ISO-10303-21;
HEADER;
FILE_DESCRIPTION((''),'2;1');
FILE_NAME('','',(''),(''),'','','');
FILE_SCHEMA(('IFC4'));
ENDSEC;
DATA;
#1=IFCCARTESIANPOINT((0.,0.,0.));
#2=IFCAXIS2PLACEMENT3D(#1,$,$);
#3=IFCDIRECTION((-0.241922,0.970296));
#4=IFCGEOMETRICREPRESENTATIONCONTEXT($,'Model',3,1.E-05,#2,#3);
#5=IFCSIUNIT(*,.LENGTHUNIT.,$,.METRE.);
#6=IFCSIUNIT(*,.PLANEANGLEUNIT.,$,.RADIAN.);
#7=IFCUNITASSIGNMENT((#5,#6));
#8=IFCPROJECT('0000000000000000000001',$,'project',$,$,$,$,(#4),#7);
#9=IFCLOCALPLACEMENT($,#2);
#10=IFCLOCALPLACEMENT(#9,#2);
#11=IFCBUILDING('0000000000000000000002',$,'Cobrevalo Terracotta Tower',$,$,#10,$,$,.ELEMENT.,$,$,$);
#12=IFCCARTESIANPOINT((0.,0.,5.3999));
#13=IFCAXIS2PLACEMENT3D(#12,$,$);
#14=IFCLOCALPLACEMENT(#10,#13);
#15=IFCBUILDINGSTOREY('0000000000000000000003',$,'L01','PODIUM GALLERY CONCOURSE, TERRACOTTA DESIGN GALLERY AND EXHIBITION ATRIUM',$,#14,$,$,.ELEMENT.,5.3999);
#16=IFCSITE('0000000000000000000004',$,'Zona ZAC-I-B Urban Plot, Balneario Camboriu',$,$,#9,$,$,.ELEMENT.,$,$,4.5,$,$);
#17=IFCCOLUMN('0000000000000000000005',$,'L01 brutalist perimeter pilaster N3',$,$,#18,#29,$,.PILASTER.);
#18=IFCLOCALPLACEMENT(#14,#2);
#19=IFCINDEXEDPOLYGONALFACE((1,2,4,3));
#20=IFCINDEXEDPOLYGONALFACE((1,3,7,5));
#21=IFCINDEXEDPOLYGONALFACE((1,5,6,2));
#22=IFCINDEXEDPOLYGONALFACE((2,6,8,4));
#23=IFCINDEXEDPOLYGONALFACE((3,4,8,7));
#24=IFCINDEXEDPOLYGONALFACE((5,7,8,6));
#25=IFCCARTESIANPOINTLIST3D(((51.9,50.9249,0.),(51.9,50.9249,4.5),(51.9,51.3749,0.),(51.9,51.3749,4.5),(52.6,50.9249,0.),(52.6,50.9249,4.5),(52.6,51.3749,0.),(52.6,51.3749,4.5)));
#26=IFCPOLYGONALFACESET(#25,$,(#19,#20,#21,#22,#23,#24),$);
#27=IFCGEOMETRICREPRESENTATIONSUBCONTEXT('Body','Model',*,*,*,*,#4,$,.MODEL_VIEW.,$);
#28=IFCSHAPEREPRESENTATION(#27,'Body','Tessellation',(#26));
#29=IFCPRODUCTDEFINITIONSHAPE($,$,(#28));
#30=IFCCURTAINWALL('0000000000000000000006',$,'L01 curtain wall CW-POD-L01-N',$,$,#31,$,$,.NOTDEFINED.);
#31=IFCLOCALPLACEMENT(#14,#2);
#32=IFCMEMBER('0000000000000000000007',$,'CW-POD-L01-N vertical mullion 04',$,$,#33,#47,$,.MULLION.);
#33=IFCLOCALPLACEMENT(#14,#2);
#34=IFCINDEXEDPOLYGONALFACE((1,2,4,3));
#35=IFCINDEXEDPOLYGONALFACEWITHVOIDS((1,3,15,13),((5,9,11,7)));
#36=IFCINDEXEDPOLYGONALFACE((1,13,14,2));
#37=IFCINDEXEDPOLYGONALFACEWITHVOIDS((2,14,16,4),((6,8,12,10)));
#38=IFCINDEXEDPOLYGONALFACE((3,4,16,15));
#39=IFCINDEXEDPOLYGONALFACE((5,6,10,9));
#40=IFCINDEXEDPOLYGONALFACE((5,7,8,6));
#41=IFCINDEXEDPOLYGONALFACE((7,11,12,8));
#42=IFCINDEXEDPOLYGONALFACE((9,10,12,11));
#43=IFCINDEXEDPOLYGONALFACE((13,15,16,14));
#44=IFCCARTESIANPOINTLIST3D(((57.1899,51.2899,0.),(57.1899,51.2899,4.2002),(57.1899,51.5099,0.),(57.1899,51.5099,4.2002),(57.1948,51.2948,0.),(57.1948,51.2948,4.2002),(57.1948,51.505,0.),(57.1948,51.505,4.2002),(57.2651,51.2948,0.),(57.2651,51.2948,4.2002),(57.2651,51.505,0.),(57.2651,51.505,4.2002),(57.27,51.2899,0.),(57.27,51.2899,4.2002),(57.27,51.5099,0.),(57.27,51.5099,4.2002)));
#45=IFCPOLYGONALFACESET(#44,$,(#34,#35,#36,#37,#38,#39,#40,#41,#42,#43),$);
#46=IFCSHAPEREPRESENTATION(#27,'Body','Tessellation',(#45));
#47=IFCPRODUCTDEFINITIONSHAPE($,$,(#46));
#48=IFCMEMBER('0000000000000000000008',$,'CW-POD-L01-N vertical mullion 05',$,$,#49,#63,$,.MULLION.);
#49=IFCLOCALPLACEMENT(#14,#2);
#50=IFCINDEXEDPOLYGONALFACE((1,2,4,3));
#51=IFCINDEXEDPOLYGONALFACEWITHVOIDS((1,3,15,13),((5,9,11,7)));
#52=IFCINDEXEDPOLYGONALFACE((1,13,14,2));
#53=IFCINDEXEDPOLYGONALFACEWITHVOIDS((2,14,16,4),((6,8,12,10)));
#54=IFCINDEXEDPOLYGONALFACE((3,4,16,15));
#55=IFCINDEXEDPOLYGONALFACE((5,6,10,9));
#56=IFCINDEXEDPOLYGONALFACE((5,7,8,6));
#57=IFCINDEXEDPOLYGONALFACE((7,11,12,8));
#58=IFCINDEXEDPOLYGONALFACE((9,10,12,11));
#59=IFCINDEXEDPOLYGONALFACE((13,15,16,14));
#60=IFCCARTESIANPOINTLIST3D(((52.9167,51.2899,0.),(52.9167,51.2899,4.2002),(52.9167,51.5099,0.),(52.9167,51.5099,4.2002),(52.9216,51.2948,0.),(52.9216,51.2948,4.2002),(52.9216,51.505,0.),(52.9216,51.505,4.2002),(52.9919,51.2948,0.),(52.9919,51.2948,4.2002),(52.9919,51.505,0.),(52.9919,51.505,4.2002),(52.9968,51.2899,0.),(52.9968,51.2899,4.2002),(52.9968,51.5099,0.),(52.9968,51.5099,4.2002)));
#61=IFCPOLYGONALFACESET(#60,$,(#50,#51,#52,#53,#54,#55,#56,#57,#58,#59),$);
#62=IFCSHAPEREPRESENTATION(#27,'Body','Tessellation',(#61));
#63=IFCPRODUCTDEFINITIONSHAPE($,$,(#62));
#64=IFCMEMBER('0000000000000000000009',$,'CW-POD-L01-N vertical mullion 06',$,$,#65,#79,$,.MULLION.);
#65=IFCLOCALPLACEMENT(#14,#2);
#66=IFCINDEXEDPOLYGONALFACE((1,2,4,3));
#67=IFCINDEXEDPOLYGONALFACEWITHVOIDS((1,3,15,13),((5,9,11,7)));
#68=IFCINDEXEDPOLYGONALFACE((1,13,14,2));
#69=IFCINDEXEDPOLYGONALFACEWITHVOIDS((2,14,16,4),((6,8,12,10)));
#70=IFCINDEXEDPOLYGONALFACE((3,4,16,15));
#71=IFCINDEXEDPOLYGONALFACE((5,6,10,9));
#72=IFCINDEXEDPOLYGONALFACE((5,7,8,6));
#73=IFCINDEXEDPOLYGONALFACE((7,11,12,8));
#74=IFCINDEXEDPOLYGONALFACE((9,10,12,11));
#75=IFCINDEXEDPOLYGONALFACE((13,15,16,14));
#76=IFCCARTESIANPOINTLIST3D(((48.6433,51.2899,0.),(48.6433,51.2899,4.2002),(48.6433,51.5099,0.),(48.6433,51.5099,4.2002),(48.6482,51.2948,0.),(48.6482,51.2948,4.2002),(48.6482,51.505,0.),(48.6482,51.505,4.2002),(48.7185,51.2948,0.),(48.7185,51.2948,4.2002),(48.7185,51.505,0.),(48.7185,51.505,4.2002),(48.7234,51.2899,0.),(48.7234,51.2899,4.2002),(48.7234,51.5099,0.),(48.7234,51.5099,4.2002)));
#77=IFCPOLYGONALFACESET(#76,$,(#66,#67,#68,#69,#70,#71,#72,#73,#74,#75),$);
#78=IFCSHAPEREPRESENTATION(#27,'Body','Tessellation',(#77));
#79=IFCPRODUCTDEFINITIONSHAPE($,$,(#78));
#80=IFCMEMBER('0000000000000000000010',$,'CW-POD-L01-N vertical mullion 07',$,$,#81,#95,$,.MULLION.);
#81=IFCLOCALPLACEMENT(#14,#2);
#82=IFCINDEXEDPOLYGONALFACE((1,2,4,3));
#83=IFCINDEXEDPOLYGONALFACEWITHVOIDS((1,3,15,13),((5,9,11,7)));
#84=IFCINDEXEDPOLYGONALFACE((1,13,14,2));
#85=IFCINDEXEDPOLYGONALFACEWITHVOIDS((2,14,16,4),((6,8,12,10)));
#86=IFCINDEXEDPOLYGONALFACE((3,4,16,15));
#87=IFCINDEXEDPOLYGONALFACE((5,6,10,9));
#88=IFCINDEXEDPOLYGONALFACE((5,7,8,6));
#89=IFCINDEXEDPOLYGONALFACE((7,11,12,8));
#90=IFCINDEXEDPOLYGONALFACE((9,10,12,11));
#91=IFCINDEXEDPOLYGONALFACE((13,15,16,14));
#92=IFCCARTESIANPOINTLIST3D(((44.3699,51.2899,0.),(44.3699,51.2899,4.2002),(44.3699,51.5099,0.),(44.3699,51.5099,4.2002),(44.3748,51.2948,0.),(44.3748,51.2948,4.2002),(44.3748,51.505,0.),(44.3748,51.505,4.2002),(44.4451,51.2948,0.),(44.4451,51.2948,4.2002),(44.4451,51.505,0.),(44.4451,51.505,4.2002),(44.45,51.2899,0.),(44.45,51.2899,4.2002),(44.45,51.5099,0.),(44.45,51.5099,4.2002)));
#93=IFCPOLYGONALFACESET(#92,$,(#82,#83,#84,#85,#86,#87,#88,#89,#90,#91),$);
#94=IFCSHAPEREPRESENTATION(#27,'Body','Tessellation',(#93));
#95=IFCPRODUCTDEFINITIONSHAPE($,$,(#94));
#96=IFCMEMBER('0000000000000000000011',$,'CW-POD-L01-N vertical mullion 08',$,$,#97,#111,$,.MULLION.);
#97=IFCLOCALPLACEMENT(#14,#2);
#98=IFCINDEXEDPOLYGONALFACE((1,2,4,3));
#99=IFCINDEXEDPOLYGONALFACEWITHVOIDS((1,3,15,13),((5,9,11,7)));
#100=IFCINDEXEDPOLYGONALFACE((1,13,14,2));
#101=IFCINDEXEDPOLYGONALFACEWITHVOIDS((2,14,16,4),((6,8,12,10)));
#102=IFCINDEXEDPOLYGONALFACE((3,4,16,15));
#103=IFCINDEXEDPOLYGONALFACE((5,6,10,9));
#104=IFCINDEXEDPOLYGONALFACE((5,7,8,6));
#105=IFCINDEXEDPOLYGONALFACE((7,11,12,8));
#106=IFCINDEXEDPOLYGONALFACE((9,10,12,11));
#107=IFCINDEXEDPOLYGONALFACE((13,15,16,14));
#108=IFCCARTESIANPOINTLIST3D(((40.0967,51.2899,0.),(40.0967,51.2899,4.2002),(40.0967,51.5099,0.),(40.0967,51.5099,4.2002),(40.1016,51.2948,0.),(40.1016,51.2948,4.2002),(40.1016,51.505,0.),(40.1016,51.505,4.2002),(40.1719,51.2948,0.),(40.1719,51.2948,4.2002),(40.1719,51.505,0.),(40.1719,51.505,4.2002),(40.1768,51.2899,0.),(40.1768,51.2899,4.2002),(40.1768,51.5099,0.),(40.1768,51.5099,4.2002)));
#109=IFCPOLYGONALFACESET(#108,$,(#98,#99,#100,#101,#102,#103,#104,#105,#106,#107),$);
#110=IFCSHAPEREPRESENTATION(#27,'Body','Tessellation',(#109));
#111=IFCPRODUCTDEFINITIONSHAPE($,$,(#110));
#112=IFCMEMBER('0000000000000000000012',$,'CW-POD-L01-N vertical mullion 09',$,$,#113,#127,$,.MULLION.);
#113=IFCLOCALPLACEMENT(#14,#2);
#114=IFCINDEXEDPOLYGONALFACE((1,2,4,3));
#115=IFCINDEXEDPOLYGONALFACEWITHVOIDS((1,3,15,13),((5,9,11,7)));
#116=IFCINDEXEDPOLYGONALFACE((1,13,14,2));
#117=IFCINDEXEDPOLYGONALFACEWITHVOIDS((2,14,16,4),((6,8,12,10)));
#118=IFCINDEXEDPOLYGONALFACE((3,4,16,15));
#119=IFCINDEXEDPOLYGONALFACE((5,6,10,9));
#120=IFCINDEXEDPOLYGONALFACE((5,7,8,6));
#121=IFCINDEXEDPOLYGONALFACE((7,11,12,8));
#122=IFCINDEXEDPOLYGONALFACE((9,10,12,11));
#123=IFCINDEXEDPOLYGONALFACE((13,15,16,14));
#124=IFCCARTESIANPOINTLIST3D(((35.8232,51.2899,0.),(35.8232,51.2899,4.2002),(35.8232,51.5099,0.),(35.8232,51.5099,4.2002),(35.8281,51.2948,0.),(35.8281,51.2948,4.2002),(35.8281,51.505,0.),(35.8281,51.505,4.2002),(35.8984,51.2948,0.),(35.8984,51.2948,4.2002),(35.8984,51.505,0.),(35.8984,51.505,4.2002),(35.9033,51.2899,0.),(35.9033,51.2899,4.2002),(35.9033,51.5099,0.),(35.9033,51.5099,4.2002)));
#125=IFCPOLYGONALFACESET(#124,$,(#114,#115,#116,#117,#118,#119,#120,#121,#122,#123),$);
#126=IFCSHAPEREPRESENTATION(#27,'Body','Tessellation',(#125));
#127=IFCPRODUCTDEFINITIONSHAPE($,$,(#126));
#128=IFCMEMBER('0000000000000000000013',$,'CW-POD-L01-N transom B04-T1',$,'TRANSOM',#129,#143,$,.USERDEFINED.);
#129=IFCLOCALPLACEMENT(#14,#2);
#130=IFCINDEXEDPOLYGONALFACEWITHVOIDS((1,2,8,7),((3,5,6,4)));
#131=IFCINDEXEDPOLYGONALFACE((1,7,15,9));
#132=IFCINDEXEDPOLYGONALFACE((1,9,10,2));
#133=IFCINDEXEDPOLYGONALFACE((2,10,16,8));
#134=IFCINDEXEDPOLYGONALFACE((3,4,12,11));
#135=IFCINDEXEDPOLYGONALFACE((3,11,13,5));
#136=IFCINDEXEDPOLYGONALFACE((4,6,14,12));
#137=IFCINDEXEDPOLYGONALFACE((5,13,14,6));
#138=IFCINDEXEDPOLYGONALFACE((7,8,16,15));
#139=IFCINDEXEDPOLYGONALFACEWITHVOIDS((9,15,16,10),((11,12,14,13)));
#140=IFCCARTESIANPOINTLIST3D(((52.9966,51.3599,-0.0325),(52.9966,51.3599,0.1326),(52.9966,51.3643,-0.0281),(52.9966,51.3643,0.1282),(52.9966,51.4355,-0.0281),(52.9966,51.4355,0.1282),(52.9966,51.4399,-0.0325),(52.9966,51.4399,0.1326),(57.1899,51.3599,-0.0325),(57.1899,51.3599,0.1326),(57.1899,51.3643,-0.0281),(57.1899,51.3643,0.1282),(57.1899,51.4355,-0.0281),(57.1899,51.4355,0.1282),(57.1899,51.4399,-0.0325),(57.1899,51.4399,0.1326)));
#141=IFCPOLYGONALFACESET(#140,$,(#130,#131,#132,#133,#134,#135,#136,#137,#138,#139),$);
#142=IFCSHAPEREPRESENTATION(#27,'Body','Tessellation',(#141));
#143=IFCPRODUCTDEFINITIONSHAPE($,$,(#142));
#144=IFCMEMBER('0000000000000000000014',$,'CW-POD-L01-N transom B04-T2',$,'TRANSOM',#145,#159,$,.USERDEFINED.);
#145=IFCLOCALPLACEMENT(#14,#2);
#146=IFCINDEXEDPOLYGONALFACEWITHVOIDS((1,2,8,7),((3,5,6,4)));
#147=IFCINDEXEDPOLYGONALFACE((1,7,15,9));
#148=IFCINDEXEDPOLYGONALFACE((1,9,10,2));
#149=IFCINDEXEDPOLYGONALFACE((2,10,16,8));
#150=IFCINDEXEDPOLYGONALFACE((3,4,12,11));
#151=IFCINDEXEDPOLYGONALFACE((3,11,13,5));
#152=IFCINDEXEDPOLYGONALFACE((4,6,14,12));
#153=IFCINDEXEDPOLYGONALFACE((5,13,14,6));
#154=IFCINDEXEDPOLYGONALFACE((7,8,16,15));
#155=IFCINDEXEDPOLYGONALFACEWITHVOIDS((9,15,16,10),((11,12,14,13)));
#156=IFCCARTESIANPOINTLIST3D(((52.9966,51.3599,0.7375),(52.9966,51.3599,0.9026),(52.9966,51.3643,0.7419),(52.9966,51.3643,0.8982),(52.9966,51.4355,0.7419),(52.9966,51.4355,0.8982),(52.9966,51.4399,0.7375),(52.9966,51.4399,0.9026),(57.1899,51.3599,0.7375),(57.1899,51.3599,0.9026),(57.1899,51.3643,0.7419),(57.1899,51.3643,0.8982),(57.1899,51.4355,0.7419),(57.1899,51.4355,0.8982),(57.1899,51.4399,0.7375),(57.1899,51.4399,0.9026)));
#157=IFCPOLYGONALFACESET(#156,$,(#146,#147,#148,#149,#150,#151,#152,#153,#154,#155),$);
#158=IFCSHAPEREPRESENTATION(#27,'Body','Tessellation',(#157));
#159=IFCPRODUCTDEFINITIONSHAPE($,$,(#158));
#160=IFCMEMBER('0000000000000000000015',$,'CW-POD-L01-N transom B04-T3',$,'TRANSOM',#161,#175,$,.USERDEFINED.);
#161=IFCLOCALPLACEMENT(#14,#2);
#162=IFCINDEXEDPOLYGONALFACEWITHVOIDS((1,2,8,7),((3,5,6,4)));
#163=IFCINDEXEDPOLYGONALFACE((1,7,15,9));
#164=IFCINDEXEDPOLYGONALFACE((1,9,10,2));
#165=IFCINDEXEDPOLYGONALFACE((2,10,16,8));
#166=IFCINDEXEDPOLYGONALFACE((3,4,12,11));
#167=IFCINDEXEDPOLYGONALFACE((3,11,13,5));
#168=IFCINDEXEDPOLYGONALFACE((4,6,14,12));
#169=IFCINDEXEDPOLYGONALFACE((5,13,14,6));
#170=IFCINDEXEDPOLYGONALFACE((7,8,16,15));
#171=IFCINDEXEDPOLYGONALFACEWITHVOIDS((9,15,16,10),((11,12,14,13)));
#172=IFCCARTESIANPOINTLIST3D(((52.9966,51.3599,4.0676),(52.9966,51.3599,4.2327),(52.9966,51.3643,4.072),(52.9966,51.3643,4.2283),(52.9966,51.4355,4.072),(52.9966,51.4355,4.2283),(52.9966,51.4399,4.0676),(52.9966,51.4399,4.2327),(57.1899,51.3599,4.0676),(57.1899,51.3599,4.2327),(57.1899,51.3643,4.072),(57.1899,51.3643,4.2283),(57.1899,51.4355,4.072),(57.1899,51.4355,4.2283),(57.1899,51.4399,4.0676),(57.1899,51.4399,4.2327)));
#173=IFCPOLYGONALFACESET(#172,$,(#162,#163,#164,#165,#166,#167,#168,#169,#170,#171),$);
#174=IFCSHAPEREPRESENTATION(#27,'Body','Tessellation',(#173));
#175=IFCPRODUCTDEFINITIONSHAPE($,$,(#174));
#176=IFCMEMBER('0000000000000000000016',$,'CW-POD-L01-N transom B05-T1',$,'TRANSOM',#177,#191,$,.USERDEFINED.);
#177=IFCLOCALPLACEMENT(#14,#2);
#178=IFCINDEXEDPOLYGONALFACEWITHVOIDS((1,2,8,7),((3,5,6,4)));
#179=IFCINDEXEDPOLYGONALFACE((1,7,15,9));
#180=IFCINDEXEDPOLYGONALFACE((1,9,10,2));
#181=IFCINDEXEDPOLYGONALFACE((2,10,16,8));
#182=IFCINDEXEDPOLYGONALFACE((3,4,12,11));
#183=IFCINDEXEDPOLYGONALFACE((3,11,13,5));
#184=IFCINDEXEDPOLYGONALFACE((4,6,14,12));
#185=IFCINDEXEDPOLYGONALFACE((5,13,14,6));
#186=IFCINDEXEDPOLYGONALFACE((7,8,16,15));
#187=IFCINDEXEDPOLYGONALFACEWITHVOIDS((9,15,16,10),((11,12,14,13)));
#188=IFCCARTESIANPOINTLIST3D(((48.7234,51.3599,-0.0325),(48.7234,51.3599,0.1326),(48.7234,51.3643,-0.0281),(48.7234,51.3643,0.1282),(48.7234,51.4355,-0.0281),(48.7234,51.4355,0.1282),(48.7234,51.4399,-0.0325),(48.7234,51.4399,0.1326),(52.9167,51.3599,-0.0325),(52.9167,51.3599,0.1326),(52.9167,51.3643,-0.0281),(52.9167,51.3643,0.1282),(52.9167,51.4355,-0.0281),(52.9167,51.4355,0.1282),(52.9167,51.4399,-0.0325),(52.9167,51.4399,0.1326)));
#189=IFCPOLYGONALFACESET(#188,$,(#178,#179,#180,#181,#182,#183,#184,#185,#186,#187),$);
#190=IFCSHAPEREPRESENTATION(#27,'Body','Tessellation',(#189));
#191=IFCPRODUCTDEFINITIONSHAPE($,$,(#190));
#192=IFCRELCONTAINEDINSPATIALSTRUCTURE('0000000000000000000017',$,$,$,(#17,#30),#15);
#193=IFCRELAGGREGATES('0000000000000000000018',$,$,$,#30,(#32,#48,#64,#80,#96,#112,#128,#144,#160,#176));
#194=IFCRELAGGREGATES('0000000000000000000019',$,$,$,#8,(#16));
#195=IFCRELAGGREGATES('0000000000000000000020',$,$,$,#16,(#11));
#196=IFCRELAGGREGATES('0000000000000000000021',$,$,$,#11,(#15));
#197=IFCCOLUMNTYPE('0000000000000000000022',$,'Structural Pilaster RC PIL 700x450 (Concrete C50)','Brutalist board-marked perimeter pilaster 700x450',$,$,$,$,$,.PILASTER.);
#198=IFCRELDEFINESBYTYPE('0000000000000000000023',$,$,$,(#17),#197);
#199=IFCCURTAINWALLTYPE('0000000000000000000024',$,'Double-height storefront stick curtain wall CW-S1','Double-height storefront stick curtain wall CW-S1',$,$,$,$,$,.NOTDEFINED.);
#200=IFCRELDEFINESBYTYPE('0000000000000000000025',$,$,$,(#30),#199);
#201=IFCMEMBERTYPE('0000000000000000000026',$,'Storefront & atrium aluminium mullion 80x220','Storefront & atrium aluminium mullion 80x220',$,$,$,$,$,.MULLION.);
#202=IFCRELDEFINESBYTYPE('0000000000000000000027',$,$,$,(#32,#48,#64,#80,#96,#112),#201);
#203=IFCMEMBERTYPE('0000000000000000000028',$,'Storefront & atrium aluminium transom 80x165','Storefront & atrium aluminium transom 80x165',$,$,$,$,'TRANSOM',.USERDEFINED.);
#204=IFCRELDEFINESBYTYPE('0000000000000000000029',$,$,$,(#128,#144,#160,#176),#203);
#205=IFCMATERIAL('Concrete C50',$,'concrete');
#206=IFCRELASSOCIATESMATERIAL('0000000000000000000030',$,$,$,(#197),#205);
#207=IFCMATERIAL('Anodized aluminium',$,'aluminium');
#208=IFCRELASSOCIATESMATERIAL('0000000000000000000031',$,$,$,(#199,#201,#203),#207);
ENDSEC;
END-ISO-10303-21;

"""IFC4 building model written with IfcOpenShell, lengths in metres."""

from ifc_helpers import new_model, si_unit, direction, frame, origin, origin_2d, place, context, subcontext, project, spatial, rectangle, hollow_rectangle, extrude, source, transform, mapped, material, material_profile, profile_set, type_object, element, aggregate, save


model = new_model("IFC4")

# Units and contexts
model_context = context("Model", 3, precision=1e-05, world=origin(), true_north=direction((-0.241922, 0.970296)))
body_context = subcontext(model_context, "Body", "Model", "MODEL_VIEW")
ifc_project = project(units=[si_unit("LENGTHUNIT", "METRE"), si_unit("PLANEANGLEUNIT", "RADIAN")], contexts=[model_context])

# Site, building, storey
site_placement = place(None, origin())
site = spatial("IfcSite", under=ifc_project, at=site_placement, Name="Zona ZAC-I-B Urban Plot, Balneario Camboriu", CompositionType="ELEMENT", RefElevation=4.5)
building_placement = place(site_placement, origin())
building = spatial("IfcBuilding", under=site, at=building_placement, Name="Cobrevalo Terracotta Tower", CompositionType="ELEMENT")
storey_placement = place(building_placement, frame((0.0, 0.0, 5.3999)))
storey = spatial("IfcBuildingStorey", under=building, at=storey_placement, Name="L01", Description="PODIUM GALLERY CONCOURSE, TERRACOTTA DESIGN GALLERY AND EXHIBITION ATRIUM", CompositionType="ELEMENT", Elevation=5.3999)

# Column
ifc_material_1 = material(Name="Concrete C50", Category="concrete")
ifc_material_profile_1 = material_profile(ifc_material_1, rectangle(XDim=0.7, YDim=0.45, at=origin_2d()), Name="RC PIL 700x450")
ifc_profile_set_1 = profile_set([ifc_material_profile_1], Name="Concrete C50")
column_type = type_object("IfcColumnType", Name="Structural Pilaster RC PIL 700x450 (Concrete C50)", Description="Brutalist board-marked perimeter pilaster 700x450", PredefinedType="PILASTER", material=ifc_profile_set_1)
column_placement = place(storey_placement, frame((52.25, 51.1499, 0.0), z_axis=(0.0, 0.0, 1.0), x_axis=(1.0, 0.0, 0.0)))
element("IfcColumn", 1, at=column_placement, inside=storey, type_object=column_type, Name="L01 brutalist perimeter pilaster N3", PredefinedType="PILASTER", context=body_context, shape_type="SweptSolid", body=[
    extrude(rectangle(XDim=0.7, YDim=0.45, at=origin_2d()), origin(), (0.0, 0.0, 1.0), 4.5),
])

# Curtain wall, members
ifc_material_2 = material(Name="Anodized aluminium", Category="aluminium")
curtain_wall_type = type_object("IfcCurtainWallType", Name="Double-height storefront stick curtain wall CW-S1", Description="Double-height storefront stick curtain wall CW-S1", PredefinedType="NOTDEFINED", material=ifc_material_2)
curtain_wall_placement = place(storey_placement, origin())
curtain_wall = element("IfcCurtainWall", 2, at=curtain_wall_placement, inside=storey, type_object=curtain_wall_type, Name="L01 curtain wall CW-POD-L01-N", PredefinedType="NOTDEFINED")
ifc_material_profile_2 = material_profile(ifc_material_2, hollow_rectangle(XDim=0.0801, YDim=0.22, WallThickness=0.0049, at=origin_2d()), Name="CWM 80x220")
ifc_profile_set_2 = profile_set([ifc_material_profile_2], Name="Anodized aluminium")
member_type_1 = type_object("IfcMemberType", Name="Storefront & atrium aluminium mullion 80x220", Description="Storefront & atrium aluminium mullion 80x220", PredefinedType="MULLION", material=ifc_profile_set_2)
shared_shape_1 = source(origin(), body_context, "Body", "SweptSolid", [
    extrude(hollow_rectangle(XDim=0.0801, YDim=0.22, WallThickness=0.0049, at=origin_2d()), origin(), (0.0, 0.0, 1.0), 4.2002),
])
member_1_placement = place(storey_placement, frame((57.23, 51.3999, 0.0), z_axis=(0.0, 0.0, 1.0), x_axis=(-1.0, 0.0, 0.0)))
member_1 = element("IfcMember", 3, at=member_1_placement, type_object=member_type_1, Name="CW-POD-L01-N vertical mullion 04", PredefinedType="MULLION", context=body_context, shape_type="MappedRepresentation", body=[
    mapped(shared_shape_1, transform((0.0, 0.0, 0.0), scale=1.0)),
])
member_2_placement = place(storey_placement, frame((52.9568, 51.3999, 0.0), z_axis=(0.0, 0.0, 1.0), x_axis=(-1.0, 0.0, 0.0)))
member_2 = element("IfcMember", 4, at=member_2_placement, type_object=member_type_1, Name="CW-POD-L01-N vertical mullion 05", PredefinedType="MULLION", context=body_context, shape_type="MappedRepresentation", body=[
    mapped(shared_shape_1, transform((0.0, 0.0, 0.0), scale=1.0)),
])
member_3_placement = place(storey_placement, frame((48.6833, 51.3999, 0.0), z_axis=(0.0, 0.0, 1.0), x_axis=(-1.0, 0.0, 0.0)))
member_3 = element("IfcMember", 5, at=member_3_placement, type_object=member_type_1, Name="CW-POD-L01-N vertical mullion 06", PredefinedType="MULLION", context=body_context, shape_type="MappedRepresentation", body=[
    mapped(shared_shape_1, transform((0.0, 0.0, 0.0), scale=1.0)),
])
member_4_placement = place(storey_placement, frame((44.4099, 51.3999, 0.0), z_axis=(0.0, 0.0, 1.0), x_axis=(-1.0, 0.0, 0.0)))
member_4 = element("IfcMember", 6, at=member_4_placement, type_object=member_type_1, Name="CW-POD-L01-N vertical mullion 07", PredefinedType="MULLION", context=body_context, shape_type="MappedRepresentation", body=[
    mapped(shared_shape_1, transform((0.0, 0.0, 0.0), scale=1.0)),
])
member_5_placement = place(storey_placement, frame((40.1367, 51.3999, 0.0), z_axis=(0.0, 0.0, 1.0), x_axis=(-1.0, 0.0, 0.0)))
member_5 = element("IfcMember", 7, at=member_5_placement, type_object=member_type_1, Name="CW-POD-L01-N vertical mullion 08", PredefinedType="MULLION", context=body_context, shape_type="MappedRepresentation", body=[
    mapped(shared_shape_1, transform((0.0, 0.0, 0.0), scale=1.0)),
])
member_6_placement = place(storey_placement, frame((35.8633, 51.3999, 0.0), z_axis=(0.0, 0.0, 1.0), x_axis=(-1.0, 0.0, 0.0)))
member_6 = element("IfcMember", 8, at=member_6_placement, type_object=member_type_1, Name="CW-POD-L01-N vertical mullion 09", PredefinedType="MULLION", context=body_context, shape_type="MappedRepresentation", body=[
    mapped(shared_shape_1, transform((0.0, 0.0, 0.0), scale=1.0)),
])
ifc_material_profile_3 = material_profile(ifc_material_2, hollow_rectangle(XDim=0.0801, YDim=0.165, WallThickness=0.0044, at=origin_2d()), Name="CWT 80x165")
ifc_profile_set_3 = profile_set([ifc_material_profile_3], Name="Anodized aluminium")
member_type_2 = type_object("IfcMemberType", Name="Storefront & atrium aluminium transom 80x165", Description="Storefront & atrium aluminium transom 80x165", ElementType="TRANSOM", PredefinedType="USERDEFINED", material=ifc_profile_set_3)
shared_shape_2 = source(origin(), body_context, "Body", "SweptSolid", [
    extrude(hollow_rectangle(XDim=0.0801, YDim=0.165, WallThickness=0.0044, at=origin_2d()), origin(), (0.0, 0.0, 1.0), 4.1934),
])
member_7_placement = place(storey_placement, frame((57.1899, 51.3999, 0.05), z_axis=(-1.0, 0.0, 0.0), x_axis=(0.0, -1.0, 0.0)))
member_7 = element("IfcMember", 9, at=member_7_placement, type_object=member_type_2, Name="CW-POD-L01-N transom B04-T1", ObjectType="TRANSOM", PredefinedType="USERDEFINED", context=body_context, shape_type="MappedRepresentation", body=[
    mapped(shared_shape_2, transform((0.0, 0.0, 0.0), scale=1.0)),
])
member_8_placement = place(storey_placement, frame((57.1899, 51.3999, 0.8201), z_axis=(-1.0, 0.0, 0.0), x_axis=(0.0, -1.0, 0.0)))
member_8 = element("IfcMember", 10, at=member_8_placement, type_object=member_type_2, Name="CW-POD-L01-N transom B04-T2", ObjectType="TRANSOM", PredefinedType="USERDEFINED", context=body_context, shape_type="MappedRepresentation", body=[
    mapped(shared_shape_2, transform((0.0, 0.0, 0.0), scale=1.0)),
])
member_9_placement = place(storey_placement, frame((57.1899, 51.3999, 4.1501), z_axis=(-1.0, 0.0, 0.0), x_axis=(0.0, -1.0, 0.0)))
member_9 = element("IfcMember", 11, at=member_9_placement, type_object=member_type_2, Name="CW-POD-L01-N transom B04-T3", ObjectType="TRANSOM", PredefinedType="USERDEFINED", context=body_context, shape_type="MappedRepresentation", body=[
    mapped(shared_shape_2, transform((0.0, 0.0, 0.0), scale=1.0)),
])
member_10_placement = place(storey_placement, frame((52.9167, 51.3999, 0.05), z_axis=(-1.0, 0.0, 0.0), x_axis=(0.0, -1.0, 0.0)))
member_10 = element("IfcMember", 12, at=member_10_placement, type_object=member_type_2, Name="CW-POD-L01-N transom B05-T1", ObjectType="TRANSOM", PredefinedType="USERDEFINED", context=body_context, shape_type="MappedRepresentation", body=[
    mapped(shared_shape_2, transform((0.0, 0.0, 0.0), scale=1.0)),
])
aggregate(curtain_wall, [member_1, member_2, member_3, member_4, member_5, member_6, member_7, member_8, member_9, member_10])

save(model, "model.ifc")
